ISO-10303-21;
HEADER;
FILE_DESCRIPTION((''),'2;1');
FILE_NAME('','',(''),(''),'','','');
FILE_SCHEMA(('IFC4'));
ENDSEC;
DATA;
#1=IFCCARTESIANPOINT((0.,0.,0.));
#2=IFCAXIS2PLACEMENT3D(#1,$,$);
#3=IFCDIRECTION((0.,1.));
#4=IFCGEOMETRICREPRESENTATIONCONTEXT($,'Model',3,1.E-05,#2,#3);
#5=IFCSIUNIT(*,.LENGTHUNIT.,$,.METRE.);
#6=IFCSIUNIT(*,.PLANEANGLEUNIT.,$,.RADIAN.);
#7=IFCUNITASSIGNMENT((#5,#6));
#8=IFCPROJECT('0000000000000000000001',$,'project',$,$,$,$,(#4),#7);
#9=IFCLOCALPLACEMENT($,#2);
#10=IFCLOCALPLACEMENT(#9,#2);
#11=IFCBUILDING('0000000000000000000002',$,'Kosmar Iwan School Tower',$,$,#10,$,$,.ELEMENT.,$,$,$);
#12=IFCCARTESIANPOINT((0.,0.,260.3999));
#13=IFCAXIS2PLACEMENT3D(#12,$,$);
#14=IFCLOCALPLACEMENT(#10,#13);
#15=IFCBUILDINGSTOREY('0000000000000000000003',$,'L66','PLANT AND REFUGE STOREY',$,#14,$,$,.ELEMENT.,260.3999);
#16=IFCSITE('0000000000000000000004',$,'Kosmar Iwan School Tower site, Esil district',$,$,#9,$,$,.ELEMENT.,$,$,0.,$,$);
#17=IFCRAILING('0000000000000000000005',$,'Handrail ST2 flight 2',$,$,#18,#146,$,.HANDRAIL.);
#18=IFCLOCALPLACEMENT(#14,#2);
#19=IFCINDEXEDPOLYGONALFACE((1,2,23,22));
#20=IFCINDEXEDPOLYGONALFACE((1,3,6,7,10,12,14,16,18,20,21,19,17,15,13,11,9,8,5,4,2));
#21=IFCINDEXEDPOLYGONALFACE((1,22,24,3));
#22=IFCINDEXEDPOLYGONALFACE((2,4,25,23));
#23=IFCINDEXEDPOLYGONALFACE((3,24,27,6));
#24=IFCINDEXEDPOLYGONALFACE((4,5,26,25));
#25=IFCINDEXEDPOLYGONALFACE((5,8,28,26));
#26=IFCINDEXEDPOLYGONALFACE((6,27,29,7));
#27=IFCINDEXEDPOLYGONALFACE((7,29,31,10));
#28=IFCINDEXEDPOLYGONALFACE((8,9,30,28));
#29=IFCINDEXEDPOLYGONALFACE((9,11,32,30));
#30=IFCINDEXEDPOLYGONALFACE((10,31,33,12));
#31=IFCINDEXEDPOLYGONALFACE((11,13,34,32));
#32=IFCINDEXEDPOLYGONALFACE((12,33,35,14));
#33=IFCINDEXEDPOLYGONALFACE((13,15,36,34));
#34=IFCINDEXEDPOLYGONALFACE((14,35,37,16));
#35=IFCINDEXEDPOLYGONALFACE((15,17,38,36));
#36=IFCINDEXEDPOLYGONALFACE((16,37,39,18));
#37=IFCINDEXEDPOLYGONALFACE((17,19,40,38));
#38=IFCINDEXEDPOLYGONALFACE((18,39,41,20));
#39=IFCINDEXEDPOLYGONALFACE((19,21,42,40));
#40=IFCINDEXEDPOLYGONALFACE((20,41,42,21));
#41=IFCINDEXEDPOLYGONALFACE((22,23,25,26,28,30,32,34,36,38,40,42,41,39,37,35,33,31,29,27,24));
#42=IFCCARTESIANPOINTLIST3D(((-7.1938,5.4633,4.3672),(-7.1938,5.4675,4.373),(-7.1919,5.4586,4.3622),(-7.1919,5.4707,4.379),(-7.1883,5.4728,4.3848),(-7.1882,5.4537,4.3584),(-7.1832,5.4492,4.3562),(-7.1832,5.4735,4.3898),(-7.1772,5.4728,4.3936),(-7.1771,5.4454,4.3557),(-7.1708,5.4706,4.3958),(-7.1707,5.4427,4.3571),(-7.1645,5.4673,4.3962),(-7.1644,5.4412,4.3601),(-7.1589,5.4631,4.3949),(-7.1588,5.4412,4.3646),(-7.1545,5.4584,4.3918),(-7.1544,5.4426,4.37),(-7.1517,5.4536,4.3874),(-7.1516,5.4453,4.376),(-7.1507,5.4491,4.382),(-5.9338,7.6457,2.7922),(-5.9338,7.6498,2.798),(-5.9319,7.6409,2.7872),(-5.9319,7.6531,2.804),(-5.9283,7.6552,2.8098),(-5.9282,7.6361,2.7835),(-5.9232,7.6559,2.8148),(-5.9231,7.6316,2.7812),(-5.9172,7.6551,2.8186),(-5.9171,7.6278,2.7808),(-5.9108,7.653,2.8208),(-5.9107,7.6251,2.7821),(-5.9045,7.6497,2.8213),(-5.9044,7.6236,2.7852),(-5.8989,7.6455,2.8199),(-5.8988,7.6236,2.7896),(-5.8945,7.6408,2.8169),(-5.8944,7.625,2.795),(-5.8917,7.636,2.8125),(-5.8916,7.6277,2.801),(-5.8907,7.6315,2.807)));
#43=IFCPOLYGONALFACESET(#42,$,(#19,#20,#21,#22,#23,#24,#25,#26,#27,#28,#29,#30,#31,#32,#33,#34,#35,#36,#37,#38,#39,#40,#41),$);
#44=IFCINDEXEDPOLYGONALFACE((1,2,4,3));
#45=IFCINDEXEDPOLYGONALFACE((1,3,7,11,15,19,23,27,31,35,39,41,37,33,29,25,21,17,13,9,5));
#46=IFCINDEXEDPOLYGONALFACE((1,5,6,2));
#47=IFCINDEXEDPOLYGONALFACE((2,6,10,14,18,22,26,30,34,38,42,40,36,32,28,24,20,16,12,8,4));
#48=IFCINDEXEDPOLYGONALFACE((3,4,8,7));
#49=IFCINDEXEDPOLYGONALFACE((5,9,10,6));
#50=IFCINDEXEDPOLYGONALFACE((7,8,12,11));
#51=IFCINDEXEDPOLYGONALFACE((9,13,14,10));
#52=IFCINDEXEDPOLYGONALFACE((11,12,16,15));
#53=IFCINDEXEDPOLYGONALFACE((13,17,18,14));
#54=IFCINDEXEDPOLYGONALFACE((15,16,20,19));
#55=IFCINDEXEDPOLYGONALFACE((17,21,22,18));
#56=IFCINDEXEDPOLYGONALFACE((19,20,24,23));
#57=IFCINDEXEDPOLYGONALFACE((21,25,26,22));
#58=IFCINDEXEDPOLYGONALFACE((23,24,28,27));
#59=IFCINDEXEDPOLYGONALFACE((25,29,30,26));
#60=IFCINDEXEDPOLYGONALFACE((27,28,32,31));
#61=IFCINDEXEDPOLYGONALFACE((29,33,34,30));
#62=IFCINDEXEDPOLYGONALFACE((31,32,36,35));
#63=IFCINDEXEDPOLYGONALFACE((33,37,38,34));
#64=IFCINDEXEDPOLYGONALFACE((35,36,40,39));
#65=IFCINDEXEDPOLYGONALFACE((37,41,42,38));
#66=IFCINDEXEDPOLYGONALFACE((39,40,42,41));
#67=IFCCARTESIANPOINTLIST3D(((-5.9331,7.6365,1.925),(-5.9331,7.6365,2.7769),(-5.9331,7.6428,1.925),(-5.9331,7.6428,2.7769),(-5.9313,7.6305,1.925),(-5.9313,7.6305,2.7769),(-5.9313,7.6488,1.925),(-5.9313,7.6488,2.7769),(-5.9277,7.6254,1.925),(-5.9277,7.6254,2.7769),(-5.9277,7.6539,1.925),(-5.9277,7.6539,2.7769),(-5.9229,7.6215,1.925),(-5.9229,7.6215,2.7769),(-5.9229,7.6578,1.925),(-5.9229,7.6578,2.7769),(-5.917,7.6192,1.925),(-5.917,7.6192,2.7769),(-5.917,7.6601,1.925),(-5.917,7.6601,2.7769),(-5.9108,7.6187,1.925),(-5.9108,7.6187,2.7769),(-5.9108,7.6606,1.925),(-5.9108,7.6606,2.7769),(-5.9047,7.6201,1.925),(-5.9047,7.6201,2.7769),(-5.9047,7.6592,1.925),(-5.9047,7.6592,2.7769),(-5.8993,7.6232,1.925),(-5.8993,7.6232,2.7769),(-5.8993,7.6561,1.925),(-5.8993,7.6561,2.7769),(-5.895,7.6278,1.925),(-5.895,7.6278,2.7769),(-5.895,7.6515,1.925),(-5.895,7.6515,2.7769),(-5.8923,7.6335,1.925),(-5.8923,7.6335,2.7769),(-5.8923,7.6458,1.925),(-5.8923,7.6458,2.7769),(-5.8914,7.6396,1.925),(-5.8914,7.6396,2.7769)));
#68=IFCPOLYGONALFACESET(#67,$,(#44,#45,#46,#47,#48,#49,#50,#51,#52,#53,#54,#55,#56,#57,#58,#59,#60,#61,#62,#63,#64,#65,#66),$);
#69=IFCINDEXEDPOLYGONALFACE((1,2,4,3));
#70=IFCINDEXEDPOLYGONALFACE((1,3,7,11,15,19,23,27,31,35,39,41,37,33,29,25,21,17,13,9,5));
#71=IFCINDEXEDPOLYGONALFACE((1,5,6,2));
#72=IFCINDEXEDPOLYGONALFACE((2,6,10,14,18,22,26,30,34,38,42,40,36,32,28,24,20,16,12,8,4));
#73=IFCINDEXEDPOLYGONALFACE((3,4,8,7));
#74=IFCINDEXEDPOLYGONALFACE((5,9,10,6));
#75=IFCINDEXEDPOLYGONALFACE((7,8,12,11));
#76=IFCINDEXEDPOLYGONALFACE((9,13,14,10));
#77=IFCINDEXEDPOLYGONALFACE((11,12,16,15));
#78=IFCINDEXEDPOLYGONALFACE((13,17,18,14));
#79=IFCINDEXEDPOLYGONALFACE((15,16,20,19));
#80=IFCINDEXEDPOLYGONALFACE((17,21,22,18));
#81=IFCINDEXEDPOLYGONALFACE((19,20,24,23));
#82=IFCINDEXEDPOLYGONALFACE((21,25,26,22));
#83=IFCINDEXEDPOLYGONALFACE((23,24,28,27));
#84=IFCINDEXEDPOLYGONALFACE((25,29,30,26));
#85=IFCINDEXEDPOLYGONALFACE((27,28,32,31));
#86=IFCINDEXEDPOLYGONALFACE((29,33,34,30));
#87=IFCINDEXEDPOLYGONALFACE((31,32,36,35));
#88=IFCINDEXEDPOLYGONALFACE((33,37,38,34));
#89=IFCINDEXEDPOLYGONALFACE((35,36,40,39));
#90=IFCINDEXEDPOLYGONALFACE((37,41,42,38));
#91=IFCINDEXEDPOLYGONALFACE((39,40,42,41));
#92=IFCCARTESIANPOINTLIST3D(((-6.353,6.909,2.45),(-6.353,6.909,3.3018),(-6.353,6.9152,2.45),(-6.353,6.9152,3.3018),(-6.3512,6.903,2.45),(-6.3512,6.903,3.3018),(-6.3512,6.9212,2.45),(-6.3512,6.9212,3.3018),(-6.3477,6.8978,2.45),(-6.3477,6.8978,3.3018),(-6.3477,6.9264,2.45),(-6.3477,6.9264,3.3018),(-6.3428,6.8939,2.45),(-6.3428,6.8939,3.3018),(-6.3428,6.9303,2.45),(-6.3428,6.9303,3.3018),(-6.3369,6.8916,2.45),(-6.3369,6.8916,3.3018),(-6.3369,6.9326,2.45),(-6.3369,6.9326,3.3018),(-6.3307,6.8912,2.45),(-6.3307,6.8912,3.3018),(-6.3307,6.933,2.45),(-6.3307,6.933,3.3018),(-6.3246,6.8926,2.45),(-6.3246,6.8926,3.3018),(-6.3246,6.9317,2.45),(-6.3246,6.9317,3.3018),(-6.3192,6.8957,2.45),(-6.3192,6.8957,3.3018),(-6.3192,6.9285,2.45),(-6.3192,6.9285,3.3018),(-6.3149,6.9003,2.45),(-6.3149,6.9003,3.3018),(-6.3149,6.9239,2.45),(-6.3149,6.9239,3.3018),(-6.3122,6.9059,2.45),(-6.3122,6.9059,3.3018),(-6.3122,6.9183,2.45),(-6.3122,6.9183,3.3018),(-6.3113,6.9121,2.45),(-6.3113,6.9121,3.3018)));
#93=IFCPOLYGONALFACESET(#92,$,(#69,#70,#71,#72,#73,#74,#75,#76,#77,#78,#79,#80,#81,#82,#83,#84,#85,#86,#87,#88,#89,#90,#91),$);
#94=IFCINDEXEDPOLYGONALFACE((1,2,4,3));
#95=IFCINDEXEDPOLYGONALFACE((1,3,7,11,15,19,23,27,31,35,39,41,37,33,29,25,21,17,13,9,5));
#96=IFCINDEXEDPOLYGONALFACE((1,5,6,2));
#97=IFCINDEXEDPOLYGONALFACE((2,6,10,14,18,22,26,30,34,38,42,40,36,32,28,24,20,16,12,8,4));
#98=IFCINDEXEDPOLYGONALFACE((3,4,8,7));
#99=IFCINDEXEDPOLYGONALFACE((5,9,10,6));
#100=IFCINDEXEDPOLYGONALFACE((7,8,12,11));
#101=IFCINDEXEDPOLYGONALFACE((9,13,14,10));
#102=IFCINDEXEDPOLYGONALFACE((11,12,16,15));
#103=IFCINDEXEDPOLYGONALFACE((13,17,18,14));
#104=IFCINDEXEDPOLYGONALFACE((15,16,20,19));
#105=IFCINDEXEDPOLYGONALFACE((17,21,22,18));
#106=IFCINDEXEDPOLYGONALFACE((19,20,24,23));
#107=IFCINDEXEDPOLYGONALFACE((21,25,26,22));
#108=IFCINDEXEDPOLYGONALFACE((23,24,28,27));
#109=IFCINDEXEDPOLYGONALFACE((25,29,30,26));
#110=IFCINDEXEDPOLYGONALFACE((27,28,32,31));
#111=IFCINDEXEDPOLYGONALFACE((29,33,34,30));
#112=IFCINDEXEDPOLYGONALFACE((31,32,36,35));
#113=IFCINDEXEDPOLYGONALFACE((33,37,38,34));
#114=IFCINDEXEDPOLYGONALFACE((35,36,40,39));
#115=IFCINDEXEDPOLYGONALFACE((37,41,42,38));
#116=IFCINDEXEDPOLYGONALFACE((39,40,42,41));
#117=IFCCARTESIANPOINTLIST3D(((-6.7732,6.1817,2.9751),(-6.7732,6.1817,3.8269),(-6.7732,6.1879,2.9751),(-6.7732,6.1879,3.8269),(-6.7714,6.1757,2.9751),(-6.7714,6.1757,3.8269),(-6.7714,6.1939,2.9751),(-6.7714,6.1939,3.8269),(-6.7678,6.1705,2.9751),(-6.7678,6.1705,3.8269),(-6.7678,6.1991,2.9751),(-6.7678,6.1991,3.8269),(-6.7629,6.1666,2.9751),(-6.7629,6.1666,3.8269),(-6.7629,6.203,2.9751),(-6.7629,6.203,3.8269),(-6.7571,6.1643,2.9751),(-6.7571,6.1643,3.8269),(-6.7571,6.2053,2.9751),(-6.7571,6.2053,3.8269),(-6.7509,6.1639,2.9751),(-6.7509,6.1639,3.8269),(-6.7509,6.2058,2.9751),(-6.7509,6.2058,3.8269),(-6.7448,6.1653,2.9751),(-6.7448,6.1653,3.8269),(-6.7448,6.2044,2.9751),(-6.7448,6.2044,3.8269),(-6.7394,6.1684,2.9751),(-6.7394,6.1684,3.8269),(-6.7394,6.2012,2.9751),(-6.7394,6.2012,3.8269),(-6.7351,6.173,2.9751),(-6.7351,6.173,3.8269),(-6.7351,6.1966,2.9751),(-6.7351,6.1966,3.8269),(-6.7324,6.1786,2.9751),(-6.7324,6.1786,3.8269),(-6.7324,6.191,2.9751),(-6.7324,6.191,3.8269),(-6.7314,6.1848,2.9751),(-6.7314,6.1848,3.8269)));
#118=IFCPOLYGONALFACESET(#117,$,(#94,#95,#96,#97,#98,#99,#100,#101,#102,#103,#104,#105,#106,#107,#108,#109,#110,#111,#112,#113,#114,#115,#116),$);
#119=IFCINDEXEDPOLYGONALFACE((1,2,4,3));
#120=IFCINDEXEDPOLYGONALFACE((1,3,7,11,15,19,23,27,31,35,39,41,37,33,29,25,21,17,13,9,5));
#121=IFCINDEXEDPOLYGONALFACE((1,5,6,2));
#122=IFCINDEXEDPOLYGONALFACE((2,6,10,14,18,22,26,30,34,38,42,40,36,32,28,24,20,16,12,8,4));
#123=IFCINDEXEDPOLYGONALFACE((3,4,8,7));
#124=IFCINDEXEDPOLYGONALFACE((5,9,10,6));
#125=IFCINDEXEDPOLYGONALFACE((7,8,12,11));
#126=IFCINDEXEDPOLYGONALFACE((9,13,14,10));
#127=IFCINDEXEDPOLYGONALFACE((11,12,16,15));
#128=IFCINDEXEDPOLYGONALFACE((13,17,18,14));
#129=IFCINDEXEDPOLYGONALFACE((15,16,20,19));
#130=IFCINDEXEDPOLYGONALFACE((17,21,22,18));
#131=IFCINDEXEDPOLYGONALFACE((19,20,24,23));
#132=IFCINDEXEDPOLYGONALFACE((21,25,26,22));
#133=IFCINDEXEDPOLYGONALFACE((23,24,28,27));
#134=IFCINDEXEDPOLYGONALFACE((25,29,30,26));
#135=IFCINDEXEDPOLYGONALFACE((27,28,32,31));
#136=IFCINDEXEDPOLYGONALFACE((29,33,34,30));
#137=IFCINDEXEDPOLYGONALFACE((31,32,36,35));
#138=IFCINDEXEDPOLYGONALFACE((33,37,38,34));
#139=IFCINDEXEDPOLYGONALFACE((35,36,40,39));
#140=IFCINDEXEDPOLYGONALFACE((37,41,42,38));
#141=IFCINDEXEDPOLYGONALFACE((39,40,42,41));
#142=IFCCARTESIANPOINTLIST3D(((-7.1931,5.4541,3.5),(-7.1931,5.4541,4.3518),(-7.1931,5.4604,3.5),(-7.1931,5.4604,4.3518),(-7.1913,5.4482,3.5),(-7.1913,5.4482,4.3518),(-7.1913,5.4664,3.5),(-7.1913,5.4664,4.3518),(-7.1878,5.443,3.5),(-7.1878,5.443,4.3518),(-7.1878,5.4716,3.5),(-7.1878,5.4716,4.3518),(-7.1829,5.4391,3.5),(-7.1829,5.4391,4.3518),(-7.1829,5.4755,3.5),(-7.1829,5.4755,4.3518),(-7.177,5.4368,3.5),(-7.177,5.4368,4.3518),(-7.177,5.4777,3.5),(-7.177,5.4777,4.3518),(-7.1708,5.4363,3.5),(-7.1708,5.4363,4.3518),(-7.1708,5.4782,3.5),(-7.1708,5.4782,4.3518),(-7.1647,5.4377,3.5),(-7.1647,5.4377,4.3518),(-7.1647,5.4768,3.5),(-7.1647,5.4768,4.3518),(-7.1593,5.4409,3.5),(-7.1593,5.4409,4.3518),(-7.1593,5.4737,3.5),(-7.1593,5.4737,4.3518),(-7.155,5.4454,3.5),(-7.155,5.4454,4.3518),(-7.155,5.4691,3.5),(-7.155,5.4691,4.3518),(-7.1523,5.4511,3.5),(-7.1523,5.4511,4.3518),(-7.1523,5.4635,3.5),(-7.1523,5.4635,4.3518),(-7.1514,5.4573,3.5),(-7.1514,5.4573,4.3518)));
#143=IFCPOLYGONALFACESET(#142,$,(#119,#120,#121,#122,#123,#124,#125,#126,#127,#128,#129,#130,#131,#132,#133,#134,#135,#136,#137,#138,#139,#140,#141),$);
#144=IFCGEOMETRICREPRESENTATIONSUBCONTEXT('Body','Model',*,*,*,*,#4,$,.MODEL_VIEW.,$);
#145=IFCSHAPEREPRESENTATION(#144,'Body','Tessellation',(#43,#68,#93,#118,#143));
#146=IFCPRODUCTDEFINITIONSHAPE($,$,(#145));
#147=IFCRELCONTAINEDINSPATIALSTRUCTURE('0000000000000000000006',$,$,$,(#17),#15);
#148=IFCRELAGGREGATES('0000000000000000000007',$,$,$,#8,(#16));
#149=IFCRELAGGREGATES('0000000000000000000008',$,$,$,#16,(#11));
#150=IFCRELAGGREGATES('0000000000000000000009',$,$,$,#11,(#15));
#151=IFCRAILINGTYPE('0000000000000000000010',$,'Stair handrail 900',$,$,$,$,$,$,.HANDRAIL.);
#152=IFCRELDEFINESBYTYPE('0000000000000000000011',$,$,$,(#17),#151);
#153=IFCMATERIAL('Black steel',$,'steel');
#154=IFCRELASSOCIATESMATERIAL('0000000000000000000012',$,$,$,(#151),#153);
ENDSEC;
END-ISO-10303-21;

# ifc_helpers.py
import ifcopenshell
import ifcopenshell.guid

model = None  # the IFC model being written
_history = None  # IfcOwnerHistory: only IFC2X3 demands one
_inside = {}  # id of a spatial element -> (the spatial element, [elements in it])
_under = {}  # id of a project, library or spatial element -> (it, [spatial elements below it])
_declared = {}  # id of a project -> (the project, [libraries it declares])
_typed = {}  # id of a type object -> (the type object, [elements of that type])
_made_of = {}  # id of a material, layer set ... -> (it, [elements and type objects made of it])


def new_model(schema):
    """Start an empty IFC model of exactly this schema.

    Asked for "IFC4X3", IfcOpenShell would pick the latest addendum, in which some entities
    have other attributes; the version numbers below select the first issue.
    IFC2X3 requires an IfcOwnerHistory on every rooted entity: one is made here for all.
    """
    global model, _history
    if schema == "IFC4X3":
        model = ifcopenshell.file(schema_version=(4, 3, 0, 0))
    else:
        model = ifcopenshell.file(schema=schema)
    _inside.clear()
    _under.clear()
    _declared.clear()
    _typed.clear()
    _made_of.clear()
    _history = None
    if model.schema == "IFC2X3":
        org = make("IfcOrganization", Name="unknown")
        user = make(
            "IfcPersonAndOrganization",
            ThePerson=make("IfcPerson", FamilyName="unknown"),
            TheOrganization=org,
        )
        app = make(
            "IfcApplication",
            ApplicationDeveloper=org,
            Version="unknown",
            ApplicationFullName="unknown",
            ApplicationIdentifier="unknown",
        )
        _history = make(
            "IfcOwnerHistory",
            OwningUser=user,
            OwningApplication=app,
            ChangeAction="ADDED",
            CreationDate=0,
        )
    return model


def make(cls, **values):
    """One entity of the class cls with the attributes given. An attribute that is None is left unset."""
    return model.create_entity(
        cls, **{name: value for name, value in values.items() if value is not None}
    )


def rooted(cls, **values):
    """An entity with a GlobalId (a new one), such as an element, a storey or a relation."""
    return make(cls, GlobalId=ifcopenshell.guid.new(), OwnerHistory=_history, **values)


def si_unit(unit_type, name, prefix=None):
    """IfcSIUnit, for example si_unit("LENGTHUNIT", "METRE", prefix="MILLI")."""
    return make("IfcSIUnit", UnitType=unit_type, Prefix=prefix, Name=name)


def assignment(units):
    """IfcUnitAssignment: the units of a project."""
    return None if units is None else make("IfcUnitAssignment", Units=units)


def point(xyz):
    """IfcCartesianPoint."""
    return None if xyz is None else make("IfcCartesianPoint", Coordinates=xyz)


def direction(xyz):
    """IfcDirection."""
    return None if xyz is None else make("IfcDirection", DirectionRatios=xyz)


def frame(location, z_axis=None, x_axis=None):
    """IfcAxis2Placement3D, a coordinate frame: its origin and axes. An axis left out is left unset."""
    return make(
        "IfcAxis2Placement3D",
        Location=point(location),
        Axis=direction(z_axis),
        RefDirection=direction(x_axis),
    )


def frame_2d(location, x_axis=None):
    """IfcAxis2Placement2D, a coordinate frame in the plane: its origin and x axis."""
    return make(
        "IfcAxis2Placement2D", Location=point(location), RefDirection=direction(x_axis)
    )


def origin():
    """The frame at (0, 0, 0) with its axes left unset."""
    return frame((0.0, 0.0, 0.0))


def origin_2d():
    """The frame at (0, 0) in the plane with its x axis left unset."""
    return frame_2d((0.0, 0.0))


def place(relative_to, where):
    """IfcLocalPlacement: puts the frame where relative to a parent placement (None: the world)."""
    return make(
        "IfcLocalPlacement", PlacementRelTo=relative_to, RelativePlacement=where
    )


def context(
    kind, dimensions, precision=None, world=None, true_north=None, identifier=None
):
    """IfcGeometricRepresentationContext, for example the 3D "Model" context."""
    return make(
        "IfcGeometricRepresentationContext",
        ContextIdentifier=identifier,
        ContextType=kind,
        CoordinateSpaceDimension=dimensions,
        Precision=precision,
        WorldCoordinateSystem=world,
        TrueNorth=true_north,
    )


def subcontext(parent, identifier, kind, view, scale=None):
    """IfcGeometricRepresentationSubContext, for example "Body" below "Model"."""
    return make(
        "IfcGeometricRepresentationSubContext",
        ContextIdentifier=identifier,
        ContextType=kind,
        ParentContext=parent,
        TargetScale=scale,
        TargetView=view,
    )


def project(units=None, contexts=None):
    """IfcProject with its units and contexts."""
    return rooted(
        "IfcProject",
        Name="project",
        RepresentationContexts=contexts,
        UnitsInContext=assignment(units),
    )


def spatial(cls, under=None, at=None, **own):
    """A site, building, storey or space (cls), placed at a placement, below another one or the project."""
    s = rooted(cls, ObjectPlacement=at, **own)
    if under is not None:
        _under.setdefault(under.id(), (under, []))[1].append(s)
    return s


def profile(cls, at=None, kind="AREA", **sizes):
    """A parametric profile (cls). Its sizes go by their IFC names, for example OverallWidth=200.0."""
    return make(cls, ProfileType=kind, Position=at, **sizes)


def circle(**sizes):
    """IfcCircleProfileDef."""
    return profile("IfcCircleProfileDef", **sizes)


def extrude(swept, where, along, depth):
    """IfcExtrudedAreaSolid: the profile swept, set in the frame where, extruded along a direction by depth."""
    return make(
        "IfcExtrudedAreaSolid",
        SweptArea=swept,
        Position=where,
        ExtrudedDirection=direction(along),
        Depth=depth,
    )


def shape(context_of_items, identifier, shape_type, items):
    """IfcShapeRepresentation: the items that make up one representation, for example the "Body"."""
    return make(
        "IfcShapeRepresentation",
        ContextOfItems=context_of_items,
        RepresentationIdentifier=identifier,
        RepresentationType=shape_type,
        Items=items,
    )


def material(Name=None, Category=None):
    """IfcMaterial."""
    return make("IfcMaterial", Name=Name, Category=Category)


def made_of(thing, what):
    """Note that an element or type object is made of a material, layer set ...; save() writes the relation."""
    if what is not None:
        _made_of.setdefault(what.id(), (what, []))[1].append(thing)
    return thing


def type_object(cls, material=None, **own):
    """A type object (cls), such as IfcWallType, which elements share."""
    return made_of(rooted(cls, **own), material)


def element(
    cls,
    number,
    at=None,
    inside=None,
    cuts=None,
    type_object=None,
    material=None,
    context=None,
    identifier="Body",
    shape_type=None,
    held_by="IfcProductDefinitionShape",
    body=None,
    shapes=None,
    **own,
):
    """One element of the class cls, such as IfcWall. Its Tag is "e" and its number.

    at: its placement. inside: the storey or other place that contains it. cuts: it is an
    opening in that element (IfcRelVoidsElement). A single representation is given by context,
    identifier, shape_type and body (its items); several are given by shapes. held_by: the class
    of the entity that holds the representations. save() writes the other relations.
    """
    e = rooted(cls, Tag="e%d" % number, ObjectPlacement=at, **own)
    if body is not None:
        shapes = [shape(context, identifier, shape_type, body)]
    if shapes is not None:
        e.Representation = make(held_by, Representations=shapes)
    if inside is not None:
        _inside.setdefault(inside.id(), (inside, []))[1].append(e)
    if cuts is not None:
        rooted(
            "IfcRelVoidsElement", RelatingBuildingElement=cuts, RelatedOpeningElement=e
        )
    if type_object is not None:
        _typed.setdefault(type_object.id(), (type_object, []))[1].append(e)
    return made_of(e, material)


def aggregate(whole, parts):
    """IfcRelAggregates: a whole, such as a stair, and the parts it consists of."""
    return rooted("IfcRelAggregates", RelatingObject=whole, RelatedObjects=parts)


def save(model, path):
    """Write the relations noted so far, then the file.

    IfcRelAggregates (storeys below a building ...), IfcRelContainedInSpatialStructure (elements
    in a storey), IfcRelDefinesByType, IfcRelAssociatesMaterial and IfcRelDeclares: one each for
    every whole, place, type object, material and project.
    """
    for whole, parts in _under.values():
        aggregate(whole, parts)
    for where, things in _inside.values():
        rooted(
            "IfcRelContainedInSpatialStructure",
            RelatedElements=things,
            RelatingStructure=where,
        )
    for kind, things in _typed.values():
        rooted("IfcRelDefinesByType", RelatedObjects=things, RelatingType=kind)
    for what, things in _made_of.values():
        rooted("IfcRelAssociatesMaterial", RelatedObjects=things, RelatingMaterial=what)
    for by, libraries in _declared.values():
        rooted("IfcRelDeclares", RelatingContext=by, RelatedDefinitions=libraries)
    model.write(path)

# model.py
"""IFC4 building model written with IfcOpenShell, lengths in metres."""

from ifc_helpers import new_model, si_unit, direction, frame, origin, origin_2d, place, context, subcontext, project, spatial, circle, extrude, material, type_object, element, save


model = new_model("IFC4")

# Units and contexts
model_context = context("Model", 3, precision=1e-05, world=origin(), true_north=direction((0.0, 1.0)))
body_context = subcontext(model_context, "Body", "Model", "MODEL_VIEW")
ifc_project = project(units=[si_unit("LENGTHUNIT", "METRE"), si_unit("PLANEANGLEUNIT", "RADIAN")], contexts=[model_context])

# Site, building, storey
site_placement = place(None, origin())
site = spatial("IfcSite", under=ifc_project, at=site_placement, Name="Kosmar Iwan School Tower site, Esil district", CompositionType="ELEMENT", RefElevation=0.0)
building_placement = place(site_placement, origin())
building = spatial("IfcBuilding", under=site, at=building_placement, Name="Kosmar Iwan School Tower", CompositionType="ELEMENT")
storey_placement = place(building_placement, frame((0.0, 0.0, 260.3999)))
storey = spatial("IfcBuildingStorey", under=building, at=storey_placement, Name="L66", Description="PLANT AND REFUGE STOREY", CompositionType="ELEMENT", Elevation=260.3999)

# Railing
ifc_material_1 = material(Name="Black steel", Category="steel")
railing_type = type_object("IfcRailingType", Name="Stair handrail 900", PredefinedType="HANDRAIL", material=ifc_material_1)
railing_1_placement = place(storey_placement, frame((-5.9124, 7.6396, 1.925)))
element("IfcRailing", 1, at=railing_1_placement, inside=storey, type_object=railing_type, Name="Handrail ST2 flight 2", PredefinedType="HANDRAIL", context=body_context, shape_type="SweptSolid", body=[
    extrude(circle(Radius=0.0239, at=origin_2d()), frame((0.0, 0.0, 0.876), z_axis=(-0.424007, -0.734392, 0.529988), x_axis=(0.866023, -0.500005, 0.0)), (0.0, 0.0, 1.0), 2.9717),
    extrude(circle(Radius=0.021, at=origin_2d()), origin(), (0.0, 0.0, 1.0), 0.8518),
    extrude(circle(Radius=0.021, at=origin_2d()), frame((-0.4199, -0.7275, 0.5249)), (0.0, 0.0, 1.0), 0.8518),
    extrude(circle(Radius=0.021, at=origin_2d()), frame((-0.8401, -1.4548, 1.05)), (0.0, 0.0, 1.0), 0.8518),
    extrude(circle(Radius=0.021, at=origin_2d()), frame((-1.26, -2.1824, 1.575)), (0.0, 0.0, 1.0), 0.8518),
])

save(model, "model.ifc")
